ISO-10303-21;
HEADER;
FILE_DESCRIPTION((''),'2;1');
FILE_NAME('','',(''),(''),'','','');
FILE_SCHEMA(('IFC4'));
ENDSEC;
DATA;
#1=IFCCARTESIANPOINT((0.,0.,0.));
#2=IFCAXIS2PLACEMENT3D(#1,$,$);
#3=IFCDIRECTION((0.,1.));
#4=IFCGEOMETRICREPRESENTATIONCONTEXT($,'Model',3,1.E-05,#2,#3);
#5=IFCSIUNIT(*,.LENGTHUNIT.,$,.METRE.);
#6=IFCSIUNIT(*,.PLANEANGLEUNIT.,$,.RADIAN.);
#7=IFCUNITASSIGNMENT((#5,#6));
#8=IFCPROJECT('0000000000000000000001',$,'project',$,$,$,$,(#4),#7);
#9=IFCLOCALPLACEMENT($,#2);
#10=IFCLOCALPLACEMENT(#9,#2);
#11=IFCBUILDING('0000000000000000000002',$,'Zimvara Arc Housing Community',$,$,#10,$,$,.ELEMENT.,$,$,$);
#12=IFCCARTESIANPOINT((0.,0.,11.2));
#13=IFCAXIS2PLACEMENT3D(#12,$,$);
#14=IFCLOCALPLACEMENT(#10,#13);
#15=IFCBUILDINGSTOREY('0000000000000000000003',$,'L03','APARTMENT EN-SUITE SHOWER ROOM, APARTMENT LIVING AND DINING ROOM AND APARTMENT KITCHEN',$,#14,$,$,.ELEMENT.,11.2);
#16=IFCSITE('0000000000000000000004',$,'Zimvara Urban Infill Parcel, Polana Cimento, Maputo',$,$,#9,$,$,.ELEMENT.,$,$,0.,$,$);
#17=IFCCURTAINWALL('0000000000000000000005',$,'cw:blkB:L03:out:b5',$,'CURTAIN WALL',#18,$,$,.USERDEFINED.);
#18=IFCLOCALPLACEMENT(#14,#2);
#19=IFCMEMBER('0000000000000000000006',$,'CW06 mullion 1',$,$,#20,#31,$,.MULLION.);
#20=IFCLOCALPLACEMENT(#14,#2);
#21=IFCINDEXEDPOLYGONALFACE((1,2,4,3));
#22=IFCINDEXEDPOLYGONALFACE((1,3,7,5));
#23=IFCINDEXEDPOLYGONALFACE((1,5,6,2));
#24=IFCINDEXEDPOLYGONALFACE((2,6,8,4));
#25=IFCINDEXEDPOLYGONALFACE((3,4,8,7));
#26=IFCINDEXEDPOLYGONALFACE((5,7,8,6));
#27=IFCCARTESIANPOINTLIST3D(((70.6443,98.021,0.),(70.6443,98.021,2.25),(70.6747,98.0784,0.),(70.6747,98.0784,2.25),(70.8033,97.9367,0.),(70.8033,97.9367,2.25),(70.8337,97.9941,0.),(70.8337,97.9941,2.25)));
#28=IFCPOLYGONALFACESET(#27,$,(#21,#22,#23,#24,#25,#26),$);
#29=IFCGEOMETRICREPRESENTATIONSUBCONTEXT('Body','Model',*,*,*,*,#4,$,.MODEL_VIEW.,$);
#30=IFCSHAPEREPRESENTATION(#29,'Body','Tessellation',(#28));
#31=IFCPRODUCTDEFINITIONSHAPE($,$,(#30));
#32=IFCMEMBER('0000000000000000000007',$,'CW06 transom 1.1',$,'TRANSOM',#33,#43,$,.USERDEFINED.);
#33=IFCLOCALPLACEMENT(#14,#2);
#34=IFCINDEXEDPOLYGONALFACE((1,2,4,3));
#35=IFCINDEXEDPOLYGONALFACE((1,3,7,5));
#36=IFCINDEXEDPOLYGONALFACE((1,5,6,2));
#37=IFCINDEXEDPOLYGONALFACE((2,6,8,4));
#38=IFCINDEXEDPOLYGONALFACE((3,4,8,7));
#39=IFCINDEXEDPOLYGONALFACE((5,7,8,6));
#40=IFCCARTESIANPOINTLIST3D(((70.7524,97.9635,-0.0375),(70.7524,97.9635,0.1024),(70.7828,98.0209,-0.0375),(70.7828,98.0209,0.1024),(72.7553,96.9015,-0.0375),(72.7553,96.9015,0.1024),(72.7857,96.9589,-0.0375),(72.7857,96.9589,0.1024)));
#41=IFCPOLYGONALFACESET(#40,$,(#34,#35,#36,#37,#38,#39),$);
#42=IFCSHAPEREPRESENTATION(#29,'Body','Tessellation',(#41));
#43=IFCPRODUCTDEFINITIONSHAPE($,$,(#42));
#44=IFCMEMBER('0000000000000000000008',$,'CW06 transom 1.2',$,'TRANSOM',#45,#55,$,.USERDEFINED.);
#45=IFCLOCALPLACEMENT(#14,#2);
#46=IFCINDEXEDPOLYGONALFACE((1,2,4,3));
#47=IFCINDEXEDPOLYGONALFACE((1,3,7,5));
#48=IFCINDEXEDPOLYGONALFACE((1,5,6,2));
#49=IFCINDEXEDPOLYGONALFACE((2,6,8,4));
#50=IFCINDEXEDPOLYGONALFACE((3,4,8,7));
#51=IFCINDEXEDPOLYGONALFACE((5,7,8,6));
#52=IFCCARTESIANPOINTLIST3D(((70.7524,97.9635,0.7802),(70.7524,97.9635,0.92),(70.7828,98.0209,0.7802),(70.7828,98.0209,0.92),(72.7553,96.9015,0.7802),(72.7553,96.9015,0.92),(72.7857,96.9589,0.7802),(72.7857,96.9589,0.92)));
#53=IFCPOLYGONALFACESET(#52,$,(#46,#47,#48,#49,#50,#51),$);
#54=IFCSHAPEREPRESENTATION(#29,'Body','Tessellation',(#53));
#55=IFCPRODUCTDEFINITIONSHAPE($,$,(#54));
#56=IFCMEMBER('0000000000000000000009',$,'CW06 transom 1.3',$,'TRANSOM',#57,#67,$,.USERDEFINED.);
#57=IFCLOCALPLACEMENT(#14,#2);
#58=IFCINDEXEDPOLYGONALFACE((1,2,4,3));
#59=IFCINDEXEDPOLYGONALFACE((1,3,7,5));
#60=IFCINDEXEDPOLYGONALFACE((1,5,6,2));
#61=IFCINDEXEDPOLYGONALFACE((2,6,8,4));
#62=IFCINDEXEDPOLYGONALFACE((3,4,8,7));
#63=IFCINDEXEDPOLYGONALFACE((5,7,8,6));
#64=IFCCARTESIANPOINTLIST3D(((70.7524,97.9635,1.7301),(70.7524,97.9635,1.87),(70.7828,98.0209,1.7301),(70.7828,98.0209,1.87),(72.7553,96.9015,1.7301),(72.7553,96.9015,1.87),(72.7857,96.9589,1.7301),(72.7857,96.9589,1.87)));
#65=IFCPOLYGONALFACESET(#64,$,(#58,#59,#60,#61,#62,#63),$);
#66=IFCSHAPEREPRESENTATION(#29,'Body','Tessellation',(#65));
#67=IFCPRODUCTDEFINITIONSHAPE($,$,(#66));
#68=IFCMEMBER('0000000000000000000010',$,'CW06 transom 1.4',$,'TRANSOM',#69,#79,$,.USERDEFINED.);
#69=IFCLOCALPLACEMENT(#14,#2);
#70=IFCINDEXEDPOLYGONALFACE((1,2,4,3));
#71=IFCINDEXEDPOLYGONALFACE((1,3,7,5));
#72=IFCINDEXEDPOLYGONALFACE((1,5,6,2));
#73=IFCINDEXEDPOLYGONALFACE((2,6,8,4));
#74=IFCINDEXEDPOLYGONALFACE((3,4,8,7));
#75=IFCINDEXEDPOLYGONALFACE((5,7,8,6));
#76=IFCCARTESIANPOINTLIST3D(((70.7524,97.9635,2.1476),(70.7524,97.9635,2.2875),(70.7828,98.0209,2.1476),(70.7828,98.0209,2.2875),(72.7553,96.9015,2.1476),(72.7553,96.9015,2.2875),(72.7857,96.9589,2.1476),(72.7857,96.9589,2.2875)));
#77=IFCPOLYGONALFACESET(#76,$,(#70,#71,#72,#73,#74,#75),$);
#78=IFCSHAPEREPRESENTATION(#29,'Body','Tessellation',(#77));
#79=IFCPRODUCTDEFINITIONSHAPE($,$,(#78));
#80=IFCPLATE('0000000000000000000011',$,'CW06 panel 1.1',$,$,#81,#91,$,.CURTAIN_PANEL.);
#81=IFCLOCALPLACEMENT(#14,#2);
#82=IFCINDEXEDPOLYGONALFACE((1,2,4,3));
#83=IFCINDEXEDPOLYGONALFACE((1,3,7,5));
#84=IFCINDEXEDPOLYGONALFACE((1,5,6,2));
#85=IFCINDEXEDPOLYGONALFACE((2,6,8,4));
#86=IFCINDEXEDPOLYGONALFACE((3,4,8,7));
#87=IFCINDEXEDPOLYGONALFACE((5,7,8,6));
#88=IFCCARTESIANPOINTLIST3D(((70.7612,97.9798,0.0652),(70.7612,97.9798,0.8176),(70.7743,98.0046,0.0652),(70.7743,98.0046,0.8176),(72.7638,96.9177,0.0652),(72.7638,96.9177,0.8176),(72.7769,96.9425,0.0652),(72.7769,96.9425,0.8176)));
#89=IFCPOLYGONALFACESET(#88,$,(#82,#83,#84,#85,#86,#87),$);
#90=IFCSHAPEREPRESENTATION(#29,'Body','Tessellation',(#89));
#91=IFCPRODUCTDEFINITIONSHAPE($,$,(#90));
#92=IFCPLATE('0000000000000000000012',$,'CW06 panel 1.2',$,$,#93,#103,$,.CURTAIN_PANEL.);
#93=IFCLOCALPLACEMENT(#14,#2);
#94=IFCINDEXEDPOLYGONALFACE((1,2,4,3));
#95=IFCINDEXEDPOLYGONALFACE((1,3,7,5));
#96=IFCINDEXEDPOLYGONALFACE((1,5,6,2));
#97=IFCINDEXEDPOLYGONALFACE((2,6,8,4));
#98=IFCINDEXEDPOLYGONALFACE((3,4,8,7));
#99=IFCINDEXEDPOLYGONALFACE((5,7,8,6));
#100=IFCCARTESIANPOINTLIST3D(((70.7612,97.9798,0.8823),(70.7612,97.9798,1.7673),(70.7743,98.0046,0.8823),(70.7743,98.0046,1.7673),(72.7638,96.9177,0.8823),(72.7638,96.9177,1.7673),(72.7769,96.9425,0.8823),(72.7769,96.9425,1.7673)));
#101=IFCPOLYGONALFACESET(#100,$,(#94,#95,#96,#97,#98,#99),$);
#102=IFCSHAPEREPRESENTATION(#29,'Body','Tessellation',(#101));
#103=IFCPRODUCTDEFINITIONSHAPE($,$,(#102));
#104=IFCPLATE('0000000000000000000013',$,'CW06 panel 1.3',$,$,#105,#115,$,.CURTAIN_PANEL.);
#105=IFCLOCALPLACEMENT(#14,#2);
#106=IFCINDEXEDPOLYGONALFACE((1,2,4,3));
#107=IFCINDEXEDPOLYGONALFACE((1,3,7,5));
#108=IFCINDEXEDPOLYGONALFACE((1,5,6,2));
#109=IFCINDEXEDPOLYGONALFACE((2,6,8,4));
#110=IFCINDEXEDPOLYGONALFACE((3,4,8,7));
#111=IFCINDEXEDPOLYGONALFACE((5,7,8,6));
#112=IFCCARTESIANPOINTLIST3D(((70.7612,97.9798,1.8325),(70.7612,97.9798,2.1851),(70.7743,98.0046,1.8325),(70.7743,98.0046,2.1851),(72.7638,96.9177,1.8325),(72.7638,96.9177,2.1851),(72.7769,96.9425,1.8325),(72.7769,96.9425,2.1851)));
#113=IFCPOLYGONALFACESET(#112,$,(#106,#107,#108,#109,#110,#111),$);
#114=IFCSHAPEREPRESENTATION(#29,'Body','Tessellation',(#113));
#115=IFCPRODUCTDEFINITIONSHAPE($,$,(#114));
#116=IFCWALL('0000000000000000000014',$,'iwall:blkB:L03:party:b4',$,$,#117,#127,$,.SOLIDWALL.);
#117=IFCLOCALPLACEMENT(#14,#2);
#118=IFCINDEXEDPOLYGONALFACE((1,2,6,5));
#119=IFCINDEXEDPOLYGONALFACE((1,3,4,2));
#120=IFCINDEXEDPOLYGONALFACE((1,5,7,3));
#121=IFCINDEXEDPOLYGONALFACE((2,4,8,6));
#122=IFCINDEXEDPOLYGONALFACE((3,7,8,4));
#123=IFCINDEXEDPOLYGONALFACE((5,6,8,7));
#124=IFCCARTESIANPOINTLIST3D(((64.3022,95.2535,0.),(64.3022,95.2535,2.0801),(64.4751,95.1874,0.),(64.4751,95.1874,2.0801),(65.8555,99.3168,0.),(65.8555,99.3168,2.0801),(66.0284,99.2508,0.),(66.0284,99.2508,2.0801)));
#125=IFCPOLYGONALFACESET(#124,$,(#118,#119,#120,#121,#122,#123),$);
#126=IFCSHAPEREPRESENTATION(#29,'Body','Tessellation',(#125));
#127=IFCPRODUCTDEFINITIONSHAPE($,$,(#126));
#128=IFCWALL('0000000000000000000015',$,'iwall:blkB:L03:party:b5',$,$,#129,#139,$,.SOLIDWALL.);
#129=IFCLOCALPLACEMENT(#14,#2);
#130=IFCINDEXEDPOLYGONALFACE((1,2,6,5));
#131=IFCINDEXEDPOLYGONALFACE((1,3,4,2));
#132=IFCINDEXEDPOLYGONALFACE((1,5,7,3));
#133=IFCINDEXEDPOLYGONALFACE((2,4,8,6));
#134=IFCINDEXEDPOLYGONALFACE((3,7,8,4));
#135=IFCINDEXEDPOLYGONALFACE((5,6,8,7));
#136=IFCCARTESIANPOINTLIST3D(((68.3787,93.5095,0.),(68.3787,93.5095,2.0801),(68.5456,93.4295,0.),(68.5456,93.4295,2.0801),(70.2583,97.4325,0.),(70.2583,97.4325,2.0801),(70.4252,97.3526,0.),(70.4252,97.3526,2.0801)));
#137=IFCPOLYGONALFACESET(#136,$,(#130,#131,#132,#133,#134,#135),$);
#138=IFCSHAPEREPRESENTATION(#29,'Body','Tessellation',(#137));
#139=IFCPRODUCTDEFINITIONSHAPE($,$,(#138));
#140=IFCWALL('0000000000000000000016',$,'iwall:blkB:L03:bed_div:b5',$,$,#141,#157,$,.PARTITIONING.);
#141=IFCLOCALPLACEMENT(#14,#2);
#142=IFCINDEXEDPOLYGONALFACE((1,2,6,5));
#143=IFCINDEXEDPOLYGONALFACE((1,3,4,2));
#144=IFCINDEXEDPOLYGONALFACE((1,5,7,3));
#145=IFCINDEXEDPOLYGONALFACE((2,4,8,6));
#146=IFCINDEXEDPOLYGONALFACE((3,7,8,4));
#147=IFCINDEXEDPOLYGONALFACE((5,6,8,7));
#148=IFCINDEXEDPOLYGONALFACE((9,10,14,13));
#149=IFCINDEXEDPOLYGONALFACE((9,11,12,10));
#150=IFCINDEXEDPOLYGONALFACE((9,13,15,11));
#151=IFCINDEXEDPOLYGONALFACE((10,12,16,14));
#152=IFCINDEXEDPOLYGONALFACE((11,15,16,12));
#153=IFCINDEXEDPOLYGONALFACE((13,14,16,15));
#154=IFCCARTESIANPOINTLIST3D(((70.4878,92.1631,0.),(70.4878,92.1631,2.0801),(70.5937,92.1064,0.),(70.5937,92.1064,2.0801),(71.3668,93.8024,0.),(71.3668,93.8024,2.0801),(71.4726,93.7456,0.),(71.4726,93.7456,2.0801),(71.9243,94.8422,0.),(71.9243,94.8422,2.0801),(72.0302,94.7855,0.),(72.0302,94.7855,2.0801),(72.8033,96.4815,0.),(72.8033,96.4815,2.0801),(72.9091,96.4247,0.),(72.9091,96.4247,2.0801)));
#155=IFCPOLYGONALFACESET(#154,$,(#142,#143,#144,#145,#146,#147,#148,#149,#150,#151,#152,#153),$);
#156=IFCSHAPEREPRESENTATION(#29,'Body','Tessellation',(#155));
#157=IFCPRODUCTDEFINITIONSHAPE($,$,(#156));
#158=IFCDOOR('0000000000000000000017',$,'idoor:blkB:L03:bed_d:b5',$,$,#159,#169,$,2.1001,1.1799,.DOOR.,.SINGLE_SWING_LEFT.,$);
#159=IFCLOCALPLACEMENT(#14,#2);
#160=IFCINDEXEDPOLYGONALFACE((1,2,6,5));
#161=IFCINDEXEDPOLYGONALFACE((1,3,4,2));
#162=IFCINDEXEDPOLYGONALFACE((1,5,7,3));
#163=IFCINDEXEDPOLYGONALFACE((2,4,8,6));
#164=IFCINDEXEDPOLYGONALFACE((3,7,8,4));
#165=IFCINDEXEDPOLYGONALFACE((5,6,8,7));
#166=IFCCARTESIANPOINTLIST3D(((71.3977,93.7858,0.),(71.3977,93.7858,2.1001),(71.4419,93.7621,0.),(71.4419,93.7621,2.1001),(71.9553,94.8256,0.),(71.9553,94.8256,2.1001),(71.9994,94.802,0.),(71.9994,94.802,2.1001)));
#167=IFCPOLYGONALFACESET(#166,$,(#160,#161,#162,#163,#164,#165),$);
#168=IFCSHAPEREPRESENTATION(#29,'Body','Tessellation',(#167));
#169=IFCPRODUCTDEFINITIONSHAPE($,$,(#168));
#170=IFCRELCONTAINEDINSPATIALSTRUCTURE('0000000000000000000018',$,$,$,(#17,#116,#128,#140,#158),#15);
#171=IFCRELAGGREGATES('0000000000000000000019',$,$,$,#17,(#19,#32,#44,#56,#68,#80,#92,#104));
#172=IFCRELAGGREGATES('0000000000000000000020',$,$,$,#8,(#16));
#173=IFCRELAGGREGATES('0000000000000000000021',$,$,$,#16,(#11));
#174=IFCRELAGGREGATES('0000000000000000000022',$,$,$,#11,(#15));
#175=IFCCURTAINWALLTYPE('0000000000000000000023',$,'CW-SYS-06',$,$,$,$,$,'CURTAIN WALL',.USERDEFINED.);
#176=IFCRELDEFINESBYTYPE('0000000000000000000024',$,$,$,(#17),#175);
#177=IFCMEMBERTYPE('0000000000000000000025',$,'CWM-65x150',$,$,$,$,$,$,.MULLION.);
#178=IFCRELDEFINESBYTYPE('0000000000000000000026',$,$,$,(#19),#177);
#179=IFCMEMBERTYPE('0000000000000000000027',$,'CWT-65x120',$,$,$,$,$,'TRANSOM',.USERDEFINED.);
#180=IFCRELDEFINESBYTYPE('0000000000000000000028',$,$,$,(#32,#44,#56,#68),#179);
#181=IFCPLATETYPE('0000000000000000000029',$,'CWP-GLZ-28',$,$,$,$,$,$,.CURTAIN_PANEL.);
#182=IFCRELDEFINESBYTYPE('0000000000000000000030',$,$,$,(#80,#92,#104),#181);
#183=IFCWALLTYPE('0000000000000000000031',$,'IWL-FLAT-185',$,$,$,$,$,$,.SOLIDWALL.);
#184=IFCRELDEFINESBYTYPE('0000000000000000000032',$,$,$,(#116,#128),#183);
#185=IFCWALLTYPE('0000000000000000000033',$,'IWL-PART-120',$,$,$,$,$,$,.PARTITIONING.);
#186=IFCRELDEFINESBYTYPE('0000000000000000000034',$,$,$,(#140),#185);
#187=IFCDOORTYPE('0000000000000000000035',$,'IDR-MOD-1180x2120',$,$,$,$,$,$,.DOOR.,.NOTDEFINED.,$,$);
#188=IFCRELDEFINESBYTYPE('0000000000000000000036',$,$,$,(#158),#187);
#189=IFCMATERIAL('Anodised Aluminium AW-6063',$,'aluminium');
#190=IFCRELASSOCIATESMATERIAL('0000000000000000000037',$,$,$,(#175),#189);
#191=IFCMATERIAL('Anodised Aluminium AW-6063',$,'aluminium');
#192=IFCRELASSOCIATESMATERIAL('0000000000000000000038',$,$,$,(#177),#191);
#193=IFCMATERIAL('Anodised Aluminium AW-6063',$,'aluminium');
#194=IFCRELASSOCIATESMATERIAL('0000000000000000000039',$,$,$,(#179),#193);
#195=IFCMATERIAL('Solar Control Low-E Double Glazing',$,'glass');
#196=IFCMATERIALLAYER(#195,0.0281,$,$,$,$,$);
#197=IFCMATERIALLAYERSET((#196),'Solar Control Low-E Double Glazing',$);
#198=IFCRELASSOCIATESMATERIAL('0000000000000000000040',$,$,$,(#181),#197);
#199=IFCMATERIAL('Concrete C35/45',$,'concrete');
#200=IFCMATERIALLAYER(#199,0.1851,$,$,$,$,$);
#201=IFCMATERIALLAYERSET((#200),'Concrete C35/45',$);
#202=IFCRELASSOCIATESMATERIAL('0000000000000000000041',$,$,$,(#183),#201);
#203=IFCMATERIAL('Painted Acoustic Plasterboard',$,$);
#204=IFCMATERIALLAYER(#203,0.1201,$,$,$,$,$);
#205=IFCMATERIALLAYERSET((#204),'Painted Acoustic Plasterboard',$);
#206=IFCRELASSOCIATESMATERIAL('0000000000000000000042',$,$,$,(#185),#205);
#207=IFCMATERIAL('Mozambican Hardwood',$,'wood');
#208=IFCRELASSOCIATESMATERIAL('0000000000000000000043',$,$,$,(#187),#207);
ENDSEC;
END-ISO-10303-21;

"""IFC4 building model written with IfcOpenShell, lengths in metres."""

from ifc_helpers import new_model, si_unit, direction, frame, frame_2d, origin, origin_2d, place, context, subcontext, project, spatial, rectangle, extrude, material, layer, layer_set, material_profile, profile_set, type_object, element, fill, aggregate, save


model = new_model("IFC4")

# Units and contexts
model_context = context("Model", 3, precision=1e-05, world=origin(), true_north=direction((0.0, 1.0)))
body_context = subcontext(model_context, "Body", "Model", "MODEL_VIEW")
ifc_project = project(units=[si_unit("LENGTHUNIT", "METRE"), si_unit("PLANEANGLEUNIT", "RADIAN")], contexts=[model_context])

# Site, building, storey
site_placement = place(None, origin())
site = spatial("IfcSite", under=ifc_project, at=site_placement, Name="Zimvara Urban Infill Parcel, Polana Cimento, Maputo", CompositionType="ELEMENT", RefElevation=0.0)
building_placement = place(site_placement, origin())
building = spatial("IfcBuilding", under=site, at=building_placement, Name="Zimvara Arc Housing Community", CompositionType="ELEMENT")
storey_placement = place(building_placement, frame((0.0, 0.0, 11.2)))
storey = spatial("IfcBuildingStorey", under=building, at=storey_placement, Name="L03", Description="APARTMENT EN-SUITE SHOWER ROOM, APARTMENT LIVING AND DINING ROOM AND APARTMENT KITCHEN", CompositionType="ELEMENT", Elevation=11.2)

# Curtain wall, members, plates
ifc_material_1 = material(Name="Anodised Aluminium AW-6063", Category="aluminium")
curtain_wall_type = type_object("IfcCurtainWallType", Name="CW-SYS-06", ElementType="CURTAIN WALL", PredefinedType="USERDEFINED", material=ifc_material_1)
curtain_wall_placement = place(storey_placement, origin())
curtain_wall = element("IfcCurtainWall", 1, at=curtain_wall_placement, inside=storey, type_object=curtain_wall_type, Name="cw:blkB:L03:out:b5", ObjectType="CURTAIN WALL", PredefinedType="USERDEFINED")
ifc_material_2 = material(Name="Anodised Aluminium AW-6063", Category="aluminium")
ifc_material_profile_1 = material_profile(ifc_material_2, rectangle(XDim=0.0649, YDim=0.1799, at=origin_2d()), Name="ALU 65x180")
ifc_profile_set_1 = profile_set([ifc_material_profile_1], Name="Anodised Aluminium AW-6063")
member_type_1 = type_object("IfcMemberType", Name="CWM-65x150", PredefinedType="MULLION", material=ifc_profile_set_1)
member_1_placement = place(storey_placement, frame((70.739, 98.0076, 0.0), z_axis=(0.0, 0.0, 1.0), x_axis=(0.468547, 0.883439, 0.0)))
member_1 = element("IfcMember", 2, at=member_1_placement, type_object=member_type_1, Name="CW06 mullion 1", PredefinedType="MULLION", context=body_context, shape_type="SweptSolid", body=[
    extrude(rectangle(XDim=0.0649, YDim=0.1799, at=origin_2d()), origin(), (0.0, 0.0, 1.0), 2.25),
])
ifc_material_3 = material(Name="Anodised Aluminium AW-6063", Category="aluminium")
ifc_material_profile_2 = material_profile(ifc_material_3, rectangle(XDim=0.0649, YDim=0.1399, at=origin_2d()), Name="ALU 65x140")
ifc_profile_set_2 = profile_set([ifc_material_profile_2], Name="Anodised Aluminium AW-6063")
member_type_2 = type_object("IfcMemberType", Name="CWT-65x120", ElementType="TRANSOM", PredefinedType="USERDEFINED", material=ifc_profile_set_2)
member_2_placement = place(storey_placement, frame((70.7676, 97.9922, 0.0325), z_axis=(0.883489, -0.468452, 0.0), x_axis=(0.468452, 0.883489, 0.0)))
member_2 = element("IfcMember", 3, at=member_2_placement, type_object=member_type_2, Name="CW06 transom 1.1", ObjectType="TRANSOM", PredefinedType="USERDEFINED", context=body_context, shape_type="SweptSolid", body=[
    extrude(rectangle(XDim=0.0649, YDim=0.1399, at=origin_2d()), origin(), (0.0, 0.0, 1.0), 2.2671),
])
member_3_placement = place(storey_placement, frame((70.7676, 97.9922, 0.8501), z_axis=(0.883489, -0.468452, 0.0), x_axis=(0.468452, 0.883489, 0.0)))
member_3 = element("IfcMember", 4, at=member_3_placement, type_object=member_type_2, Name="CW06 transom 1.2", ObjectType="TRANSOM", PredefinedType="USERDEFINED", context=body_context, shape_type="SweptSolid", body=[
    extrude(rectangle(XDim=0.0649, YDim=0.1399, at=origin_2d()), origin(), (0.0, 0.0, 1.0), 2.2671),
])
member_4_placement = place(storey_placement, frame((70.7676, 97.9922, 1.8), z_axis=(0.883489, -0.468452, 0.0), x_axis=(0.468452, 0.883489, 0.0)))
member_4 = element("IfcMember", 5, at=member_4_placement, type_object=member_type_2, Name="CW06 transom 1.3", ObjectType="TRANSOM", PredefinedType="USERDEFINED", context=body_context, shape_type="SweptSolid", body=[
    extrude(rectangle(XDim=0.0649, YDim=0.1399, at=origin_2d()), origin(), (0.0, 0.0, 1.0), 2.2671),
])
member_5_placement = place(storey_placement, frame((70.7676, 97.9922, 2.2175), z_axis=(0.883489, -0.468452, 0.0), x_axis=(0.468452, 0.883489, 0.0)))
member_5 = element("IfcMember", 6, at=member_5_placement, type_object=member_type_2, Name="CW06 transom 1.4", ObjectType="TRANSOM", PredefinedType="USERDEFINED", context=body_context, shape_type="SweptSolid", body=[
    extrude(rectangle(XDim=0.0649, YDim=0.1399, at=origin_2d()), origin(), (0.0, 0.0, 1.0), 2.2671),
])
ifc_material_4 = material(Name="Solar Control Low-E Double Glazing", Category="glass")
ifc_layer_1 = layer(ifc_material_4, 0.0281)
ifc_layer_set_1 = layer_set([ifc_layer_1], Name="Solar Control Low-E Double Glazing")
plate_type = type_object("IfcPlateType", Name="CWP-GLZ-28", PredefinedType="CURTAIN_PANEL", material=ifc_layer_set_1)
plate_1_placement = place(storey_placement, frame((71.769, 97.4612, 0.0652), z_axis=(0.0, 0.0, 1.0), x_axis=(0.883439, -0.468547, 0.0)))
plate_1 = element("IfcPlate", 7, at=plate_1_placement, type_object=plate_type, Name="CW06 panel 1.1", PredefinedType="CURTAIN_PANEL", context=body_context, shape_type="SweptSolid", body=[
    extrude(rectangle(XDim=2.2668, YDim=0.0281, at=origin_2d()), origin(), (0.0, 0.0, 1.0), 0.7524),
])
plate_2_placement = place(storey_placement, frame((71.769, 97.4612, 0.8823), z_axis=(0.0, 0.0, 1.0), x_axis=(0.883439, -0.468547, 0.0)))
plate_2 = element("IfcPlate", 8, at=plate_2_placement, type_object=plate_type, Name="CW06 panel 1.2", PredefinedType="CURTAIN_PANEL", context=body_context, shape_type="SweptSolid", body=[
    extrude(rectangle(XDim=2.2668, YDim=0.0281, at=origin_2d()), origin(), (0.0, 0.0, 1.0), 0.885),
])
plate_3_placement = place(storey_placement, frame((71.769, 97.4612, 1.8325), z_axis=(0.0, 0.0, 1.0), x_axis=(0.883439, -0.468547, 0.0)))
plate_3 = element("IfcPlate", 9, at=plate_3_placement, type_object=plate_type, Name="CW06 panel 1.3", PredefinedType="CURTAIN_PANEL", context=body_context, shape_type="SweptSolid", body=[
    extrude(rectangle(XDim=2.2668, YDim=0.0281, at=origin_2d()), origin(), (0.0, 0.0, 1.0), 0.3525),
])
aggregate(curtain_wall, [member_1, member_2, member_3, member_4, member_5, plate_1, plate_2, plate_3])

# Walls
ifc_material_5 = material(Name="Concrete C35/45", Category="concrete")
ifc_layer_2 = layer(ifc_material_5, 0.1851)
ifc_layer_set_2 = layer_set([ifc_layer_2], Name="Concrete C35/45")
wall_type_1 = type_object("IfcWallType", Name="IWL-FLAT-185", PredefinedType="SOLIDWALL", material=ifc_layer_set_2)
for number, where, z_axis, x_axis, name in (
    (10, (64.3887, 95.2205, 0.0), (0.0, 0.0, 1.0), (0.357064, 0.93408, 0.0), "iwall:blkB:L03:party:b4"),
    (11, (68.4622, 93.4695, 0.0), (0.0, 0.0, 1.0), (0.432087, 0.901832, 0.0), "iwall:blkB:L03:party:b5"),
):
    element("IfcWall", number, at=place(storey_placement, frame(where, z_axis=z_axis, x_axis=x_axis)), inside=storey, type_object=wall_type_1, Name=name, PredefinedType="SOLIDWALL", context=body_context, shape_type="SweptSolid", body=[
        extrude(rectangle(XDim=4.3501, YDim=0.1851, at=frame_2d((2.175, 0.0))), origin(), (0.0, 0.0, 1.0), 2.0801),
    ])

# Wall, opening, door
ifc_material_6 = material(Name="Painted Acoustic Plasterboard")
ifc_layer_3 = layer(ifc_material_6, 0.1201)
ifc_layer_set_3 = layer_set([ifc_layer_3], Name="Painted Acoustic Plasterboard")
wall_type_2 = type_object("IfcWallType", Name="IWL-PART-120", PredefinedType="PARTITIONING", material=ifc_layer_set_3)
wall_1_placement = place(storey_placement, frame((70.5408, 92.1348, 0.0), z_axis=(0.0, 0.0, 1.0), x_axis=(0.472542, 0.881308, 0.0)))
wall_1 = element("IfcWall", 12, at=wall_1_placement, inside=storey, type_object=wall_type_2, Name="iwall:blkB:L03:bed_div:b5", PredefinedType="PARTITIONING", context=body_context, shape_type="SweptSolid", body=[
    extrude(rectangle(XDim=4.8999, YDim=0.1201, at=frame_2d((2.45, 0.0))), origin(), (0.0, 0.0, 1.0), 2.0801),
])
opening_1_placement = place(wall_1_placement, frame((1.8601, 0.0, 0.0)))
opening_1 = element("IfcOpeningElement", 13, at=opening_1_placement, cuts=wall_1, PredefinedType="OPENING", context=body_context, shape_type="SweptSolid", body=[
    extrude(rectangle(XDim=1.1799, YDim=2.1001, at=frame_2d((0.5898, 1.05))), frame((0.0, 0.0701, 0.0), z_axis=(0.0, -1.0, 0.0), x_axis=(1.0, 0.0, 0.0)), (0.0, 0.0, 1.0), 0.1401),
])
ifc_material_7 = material(Name="Mozambican Hardwood", Category="wood")
door_type_1 = type_object("IfcDoorType", Name="IDR-MOD-1180x2120", OperationType="NOTDEFINED", PredefinedType="DOOR", material=ifc_material_7)
door_1_placement = place(opening_1_placement, origin())
door_1 = element("IfcDoor", 14, at=door_1_placement, inside=storey, type_object=door_type_1, Name="idoor:blkB:L03:bed_d:b5", OperationType="SINGLE_SWING_LEFT", OverallHeight=2.1001, OverallWidth=1.1799, PredefinedType="DOOR", context=body_context, shape_type="SweptSolid", body=[
    extrude(rectangle(XDim=1.1799, YDim=2.1001, at=frame_2d((0.5898, 1.05))), frame((0.0, 0.0249, 0.0), z_axis=(0.0, -1.0, 0.0), x_axis=(1.0, 0.0, 0.0)), (0.0, 0.0, 1.0), 0.05),
])
fill(opening_1, door_1)

save(model, "model.ifc")
